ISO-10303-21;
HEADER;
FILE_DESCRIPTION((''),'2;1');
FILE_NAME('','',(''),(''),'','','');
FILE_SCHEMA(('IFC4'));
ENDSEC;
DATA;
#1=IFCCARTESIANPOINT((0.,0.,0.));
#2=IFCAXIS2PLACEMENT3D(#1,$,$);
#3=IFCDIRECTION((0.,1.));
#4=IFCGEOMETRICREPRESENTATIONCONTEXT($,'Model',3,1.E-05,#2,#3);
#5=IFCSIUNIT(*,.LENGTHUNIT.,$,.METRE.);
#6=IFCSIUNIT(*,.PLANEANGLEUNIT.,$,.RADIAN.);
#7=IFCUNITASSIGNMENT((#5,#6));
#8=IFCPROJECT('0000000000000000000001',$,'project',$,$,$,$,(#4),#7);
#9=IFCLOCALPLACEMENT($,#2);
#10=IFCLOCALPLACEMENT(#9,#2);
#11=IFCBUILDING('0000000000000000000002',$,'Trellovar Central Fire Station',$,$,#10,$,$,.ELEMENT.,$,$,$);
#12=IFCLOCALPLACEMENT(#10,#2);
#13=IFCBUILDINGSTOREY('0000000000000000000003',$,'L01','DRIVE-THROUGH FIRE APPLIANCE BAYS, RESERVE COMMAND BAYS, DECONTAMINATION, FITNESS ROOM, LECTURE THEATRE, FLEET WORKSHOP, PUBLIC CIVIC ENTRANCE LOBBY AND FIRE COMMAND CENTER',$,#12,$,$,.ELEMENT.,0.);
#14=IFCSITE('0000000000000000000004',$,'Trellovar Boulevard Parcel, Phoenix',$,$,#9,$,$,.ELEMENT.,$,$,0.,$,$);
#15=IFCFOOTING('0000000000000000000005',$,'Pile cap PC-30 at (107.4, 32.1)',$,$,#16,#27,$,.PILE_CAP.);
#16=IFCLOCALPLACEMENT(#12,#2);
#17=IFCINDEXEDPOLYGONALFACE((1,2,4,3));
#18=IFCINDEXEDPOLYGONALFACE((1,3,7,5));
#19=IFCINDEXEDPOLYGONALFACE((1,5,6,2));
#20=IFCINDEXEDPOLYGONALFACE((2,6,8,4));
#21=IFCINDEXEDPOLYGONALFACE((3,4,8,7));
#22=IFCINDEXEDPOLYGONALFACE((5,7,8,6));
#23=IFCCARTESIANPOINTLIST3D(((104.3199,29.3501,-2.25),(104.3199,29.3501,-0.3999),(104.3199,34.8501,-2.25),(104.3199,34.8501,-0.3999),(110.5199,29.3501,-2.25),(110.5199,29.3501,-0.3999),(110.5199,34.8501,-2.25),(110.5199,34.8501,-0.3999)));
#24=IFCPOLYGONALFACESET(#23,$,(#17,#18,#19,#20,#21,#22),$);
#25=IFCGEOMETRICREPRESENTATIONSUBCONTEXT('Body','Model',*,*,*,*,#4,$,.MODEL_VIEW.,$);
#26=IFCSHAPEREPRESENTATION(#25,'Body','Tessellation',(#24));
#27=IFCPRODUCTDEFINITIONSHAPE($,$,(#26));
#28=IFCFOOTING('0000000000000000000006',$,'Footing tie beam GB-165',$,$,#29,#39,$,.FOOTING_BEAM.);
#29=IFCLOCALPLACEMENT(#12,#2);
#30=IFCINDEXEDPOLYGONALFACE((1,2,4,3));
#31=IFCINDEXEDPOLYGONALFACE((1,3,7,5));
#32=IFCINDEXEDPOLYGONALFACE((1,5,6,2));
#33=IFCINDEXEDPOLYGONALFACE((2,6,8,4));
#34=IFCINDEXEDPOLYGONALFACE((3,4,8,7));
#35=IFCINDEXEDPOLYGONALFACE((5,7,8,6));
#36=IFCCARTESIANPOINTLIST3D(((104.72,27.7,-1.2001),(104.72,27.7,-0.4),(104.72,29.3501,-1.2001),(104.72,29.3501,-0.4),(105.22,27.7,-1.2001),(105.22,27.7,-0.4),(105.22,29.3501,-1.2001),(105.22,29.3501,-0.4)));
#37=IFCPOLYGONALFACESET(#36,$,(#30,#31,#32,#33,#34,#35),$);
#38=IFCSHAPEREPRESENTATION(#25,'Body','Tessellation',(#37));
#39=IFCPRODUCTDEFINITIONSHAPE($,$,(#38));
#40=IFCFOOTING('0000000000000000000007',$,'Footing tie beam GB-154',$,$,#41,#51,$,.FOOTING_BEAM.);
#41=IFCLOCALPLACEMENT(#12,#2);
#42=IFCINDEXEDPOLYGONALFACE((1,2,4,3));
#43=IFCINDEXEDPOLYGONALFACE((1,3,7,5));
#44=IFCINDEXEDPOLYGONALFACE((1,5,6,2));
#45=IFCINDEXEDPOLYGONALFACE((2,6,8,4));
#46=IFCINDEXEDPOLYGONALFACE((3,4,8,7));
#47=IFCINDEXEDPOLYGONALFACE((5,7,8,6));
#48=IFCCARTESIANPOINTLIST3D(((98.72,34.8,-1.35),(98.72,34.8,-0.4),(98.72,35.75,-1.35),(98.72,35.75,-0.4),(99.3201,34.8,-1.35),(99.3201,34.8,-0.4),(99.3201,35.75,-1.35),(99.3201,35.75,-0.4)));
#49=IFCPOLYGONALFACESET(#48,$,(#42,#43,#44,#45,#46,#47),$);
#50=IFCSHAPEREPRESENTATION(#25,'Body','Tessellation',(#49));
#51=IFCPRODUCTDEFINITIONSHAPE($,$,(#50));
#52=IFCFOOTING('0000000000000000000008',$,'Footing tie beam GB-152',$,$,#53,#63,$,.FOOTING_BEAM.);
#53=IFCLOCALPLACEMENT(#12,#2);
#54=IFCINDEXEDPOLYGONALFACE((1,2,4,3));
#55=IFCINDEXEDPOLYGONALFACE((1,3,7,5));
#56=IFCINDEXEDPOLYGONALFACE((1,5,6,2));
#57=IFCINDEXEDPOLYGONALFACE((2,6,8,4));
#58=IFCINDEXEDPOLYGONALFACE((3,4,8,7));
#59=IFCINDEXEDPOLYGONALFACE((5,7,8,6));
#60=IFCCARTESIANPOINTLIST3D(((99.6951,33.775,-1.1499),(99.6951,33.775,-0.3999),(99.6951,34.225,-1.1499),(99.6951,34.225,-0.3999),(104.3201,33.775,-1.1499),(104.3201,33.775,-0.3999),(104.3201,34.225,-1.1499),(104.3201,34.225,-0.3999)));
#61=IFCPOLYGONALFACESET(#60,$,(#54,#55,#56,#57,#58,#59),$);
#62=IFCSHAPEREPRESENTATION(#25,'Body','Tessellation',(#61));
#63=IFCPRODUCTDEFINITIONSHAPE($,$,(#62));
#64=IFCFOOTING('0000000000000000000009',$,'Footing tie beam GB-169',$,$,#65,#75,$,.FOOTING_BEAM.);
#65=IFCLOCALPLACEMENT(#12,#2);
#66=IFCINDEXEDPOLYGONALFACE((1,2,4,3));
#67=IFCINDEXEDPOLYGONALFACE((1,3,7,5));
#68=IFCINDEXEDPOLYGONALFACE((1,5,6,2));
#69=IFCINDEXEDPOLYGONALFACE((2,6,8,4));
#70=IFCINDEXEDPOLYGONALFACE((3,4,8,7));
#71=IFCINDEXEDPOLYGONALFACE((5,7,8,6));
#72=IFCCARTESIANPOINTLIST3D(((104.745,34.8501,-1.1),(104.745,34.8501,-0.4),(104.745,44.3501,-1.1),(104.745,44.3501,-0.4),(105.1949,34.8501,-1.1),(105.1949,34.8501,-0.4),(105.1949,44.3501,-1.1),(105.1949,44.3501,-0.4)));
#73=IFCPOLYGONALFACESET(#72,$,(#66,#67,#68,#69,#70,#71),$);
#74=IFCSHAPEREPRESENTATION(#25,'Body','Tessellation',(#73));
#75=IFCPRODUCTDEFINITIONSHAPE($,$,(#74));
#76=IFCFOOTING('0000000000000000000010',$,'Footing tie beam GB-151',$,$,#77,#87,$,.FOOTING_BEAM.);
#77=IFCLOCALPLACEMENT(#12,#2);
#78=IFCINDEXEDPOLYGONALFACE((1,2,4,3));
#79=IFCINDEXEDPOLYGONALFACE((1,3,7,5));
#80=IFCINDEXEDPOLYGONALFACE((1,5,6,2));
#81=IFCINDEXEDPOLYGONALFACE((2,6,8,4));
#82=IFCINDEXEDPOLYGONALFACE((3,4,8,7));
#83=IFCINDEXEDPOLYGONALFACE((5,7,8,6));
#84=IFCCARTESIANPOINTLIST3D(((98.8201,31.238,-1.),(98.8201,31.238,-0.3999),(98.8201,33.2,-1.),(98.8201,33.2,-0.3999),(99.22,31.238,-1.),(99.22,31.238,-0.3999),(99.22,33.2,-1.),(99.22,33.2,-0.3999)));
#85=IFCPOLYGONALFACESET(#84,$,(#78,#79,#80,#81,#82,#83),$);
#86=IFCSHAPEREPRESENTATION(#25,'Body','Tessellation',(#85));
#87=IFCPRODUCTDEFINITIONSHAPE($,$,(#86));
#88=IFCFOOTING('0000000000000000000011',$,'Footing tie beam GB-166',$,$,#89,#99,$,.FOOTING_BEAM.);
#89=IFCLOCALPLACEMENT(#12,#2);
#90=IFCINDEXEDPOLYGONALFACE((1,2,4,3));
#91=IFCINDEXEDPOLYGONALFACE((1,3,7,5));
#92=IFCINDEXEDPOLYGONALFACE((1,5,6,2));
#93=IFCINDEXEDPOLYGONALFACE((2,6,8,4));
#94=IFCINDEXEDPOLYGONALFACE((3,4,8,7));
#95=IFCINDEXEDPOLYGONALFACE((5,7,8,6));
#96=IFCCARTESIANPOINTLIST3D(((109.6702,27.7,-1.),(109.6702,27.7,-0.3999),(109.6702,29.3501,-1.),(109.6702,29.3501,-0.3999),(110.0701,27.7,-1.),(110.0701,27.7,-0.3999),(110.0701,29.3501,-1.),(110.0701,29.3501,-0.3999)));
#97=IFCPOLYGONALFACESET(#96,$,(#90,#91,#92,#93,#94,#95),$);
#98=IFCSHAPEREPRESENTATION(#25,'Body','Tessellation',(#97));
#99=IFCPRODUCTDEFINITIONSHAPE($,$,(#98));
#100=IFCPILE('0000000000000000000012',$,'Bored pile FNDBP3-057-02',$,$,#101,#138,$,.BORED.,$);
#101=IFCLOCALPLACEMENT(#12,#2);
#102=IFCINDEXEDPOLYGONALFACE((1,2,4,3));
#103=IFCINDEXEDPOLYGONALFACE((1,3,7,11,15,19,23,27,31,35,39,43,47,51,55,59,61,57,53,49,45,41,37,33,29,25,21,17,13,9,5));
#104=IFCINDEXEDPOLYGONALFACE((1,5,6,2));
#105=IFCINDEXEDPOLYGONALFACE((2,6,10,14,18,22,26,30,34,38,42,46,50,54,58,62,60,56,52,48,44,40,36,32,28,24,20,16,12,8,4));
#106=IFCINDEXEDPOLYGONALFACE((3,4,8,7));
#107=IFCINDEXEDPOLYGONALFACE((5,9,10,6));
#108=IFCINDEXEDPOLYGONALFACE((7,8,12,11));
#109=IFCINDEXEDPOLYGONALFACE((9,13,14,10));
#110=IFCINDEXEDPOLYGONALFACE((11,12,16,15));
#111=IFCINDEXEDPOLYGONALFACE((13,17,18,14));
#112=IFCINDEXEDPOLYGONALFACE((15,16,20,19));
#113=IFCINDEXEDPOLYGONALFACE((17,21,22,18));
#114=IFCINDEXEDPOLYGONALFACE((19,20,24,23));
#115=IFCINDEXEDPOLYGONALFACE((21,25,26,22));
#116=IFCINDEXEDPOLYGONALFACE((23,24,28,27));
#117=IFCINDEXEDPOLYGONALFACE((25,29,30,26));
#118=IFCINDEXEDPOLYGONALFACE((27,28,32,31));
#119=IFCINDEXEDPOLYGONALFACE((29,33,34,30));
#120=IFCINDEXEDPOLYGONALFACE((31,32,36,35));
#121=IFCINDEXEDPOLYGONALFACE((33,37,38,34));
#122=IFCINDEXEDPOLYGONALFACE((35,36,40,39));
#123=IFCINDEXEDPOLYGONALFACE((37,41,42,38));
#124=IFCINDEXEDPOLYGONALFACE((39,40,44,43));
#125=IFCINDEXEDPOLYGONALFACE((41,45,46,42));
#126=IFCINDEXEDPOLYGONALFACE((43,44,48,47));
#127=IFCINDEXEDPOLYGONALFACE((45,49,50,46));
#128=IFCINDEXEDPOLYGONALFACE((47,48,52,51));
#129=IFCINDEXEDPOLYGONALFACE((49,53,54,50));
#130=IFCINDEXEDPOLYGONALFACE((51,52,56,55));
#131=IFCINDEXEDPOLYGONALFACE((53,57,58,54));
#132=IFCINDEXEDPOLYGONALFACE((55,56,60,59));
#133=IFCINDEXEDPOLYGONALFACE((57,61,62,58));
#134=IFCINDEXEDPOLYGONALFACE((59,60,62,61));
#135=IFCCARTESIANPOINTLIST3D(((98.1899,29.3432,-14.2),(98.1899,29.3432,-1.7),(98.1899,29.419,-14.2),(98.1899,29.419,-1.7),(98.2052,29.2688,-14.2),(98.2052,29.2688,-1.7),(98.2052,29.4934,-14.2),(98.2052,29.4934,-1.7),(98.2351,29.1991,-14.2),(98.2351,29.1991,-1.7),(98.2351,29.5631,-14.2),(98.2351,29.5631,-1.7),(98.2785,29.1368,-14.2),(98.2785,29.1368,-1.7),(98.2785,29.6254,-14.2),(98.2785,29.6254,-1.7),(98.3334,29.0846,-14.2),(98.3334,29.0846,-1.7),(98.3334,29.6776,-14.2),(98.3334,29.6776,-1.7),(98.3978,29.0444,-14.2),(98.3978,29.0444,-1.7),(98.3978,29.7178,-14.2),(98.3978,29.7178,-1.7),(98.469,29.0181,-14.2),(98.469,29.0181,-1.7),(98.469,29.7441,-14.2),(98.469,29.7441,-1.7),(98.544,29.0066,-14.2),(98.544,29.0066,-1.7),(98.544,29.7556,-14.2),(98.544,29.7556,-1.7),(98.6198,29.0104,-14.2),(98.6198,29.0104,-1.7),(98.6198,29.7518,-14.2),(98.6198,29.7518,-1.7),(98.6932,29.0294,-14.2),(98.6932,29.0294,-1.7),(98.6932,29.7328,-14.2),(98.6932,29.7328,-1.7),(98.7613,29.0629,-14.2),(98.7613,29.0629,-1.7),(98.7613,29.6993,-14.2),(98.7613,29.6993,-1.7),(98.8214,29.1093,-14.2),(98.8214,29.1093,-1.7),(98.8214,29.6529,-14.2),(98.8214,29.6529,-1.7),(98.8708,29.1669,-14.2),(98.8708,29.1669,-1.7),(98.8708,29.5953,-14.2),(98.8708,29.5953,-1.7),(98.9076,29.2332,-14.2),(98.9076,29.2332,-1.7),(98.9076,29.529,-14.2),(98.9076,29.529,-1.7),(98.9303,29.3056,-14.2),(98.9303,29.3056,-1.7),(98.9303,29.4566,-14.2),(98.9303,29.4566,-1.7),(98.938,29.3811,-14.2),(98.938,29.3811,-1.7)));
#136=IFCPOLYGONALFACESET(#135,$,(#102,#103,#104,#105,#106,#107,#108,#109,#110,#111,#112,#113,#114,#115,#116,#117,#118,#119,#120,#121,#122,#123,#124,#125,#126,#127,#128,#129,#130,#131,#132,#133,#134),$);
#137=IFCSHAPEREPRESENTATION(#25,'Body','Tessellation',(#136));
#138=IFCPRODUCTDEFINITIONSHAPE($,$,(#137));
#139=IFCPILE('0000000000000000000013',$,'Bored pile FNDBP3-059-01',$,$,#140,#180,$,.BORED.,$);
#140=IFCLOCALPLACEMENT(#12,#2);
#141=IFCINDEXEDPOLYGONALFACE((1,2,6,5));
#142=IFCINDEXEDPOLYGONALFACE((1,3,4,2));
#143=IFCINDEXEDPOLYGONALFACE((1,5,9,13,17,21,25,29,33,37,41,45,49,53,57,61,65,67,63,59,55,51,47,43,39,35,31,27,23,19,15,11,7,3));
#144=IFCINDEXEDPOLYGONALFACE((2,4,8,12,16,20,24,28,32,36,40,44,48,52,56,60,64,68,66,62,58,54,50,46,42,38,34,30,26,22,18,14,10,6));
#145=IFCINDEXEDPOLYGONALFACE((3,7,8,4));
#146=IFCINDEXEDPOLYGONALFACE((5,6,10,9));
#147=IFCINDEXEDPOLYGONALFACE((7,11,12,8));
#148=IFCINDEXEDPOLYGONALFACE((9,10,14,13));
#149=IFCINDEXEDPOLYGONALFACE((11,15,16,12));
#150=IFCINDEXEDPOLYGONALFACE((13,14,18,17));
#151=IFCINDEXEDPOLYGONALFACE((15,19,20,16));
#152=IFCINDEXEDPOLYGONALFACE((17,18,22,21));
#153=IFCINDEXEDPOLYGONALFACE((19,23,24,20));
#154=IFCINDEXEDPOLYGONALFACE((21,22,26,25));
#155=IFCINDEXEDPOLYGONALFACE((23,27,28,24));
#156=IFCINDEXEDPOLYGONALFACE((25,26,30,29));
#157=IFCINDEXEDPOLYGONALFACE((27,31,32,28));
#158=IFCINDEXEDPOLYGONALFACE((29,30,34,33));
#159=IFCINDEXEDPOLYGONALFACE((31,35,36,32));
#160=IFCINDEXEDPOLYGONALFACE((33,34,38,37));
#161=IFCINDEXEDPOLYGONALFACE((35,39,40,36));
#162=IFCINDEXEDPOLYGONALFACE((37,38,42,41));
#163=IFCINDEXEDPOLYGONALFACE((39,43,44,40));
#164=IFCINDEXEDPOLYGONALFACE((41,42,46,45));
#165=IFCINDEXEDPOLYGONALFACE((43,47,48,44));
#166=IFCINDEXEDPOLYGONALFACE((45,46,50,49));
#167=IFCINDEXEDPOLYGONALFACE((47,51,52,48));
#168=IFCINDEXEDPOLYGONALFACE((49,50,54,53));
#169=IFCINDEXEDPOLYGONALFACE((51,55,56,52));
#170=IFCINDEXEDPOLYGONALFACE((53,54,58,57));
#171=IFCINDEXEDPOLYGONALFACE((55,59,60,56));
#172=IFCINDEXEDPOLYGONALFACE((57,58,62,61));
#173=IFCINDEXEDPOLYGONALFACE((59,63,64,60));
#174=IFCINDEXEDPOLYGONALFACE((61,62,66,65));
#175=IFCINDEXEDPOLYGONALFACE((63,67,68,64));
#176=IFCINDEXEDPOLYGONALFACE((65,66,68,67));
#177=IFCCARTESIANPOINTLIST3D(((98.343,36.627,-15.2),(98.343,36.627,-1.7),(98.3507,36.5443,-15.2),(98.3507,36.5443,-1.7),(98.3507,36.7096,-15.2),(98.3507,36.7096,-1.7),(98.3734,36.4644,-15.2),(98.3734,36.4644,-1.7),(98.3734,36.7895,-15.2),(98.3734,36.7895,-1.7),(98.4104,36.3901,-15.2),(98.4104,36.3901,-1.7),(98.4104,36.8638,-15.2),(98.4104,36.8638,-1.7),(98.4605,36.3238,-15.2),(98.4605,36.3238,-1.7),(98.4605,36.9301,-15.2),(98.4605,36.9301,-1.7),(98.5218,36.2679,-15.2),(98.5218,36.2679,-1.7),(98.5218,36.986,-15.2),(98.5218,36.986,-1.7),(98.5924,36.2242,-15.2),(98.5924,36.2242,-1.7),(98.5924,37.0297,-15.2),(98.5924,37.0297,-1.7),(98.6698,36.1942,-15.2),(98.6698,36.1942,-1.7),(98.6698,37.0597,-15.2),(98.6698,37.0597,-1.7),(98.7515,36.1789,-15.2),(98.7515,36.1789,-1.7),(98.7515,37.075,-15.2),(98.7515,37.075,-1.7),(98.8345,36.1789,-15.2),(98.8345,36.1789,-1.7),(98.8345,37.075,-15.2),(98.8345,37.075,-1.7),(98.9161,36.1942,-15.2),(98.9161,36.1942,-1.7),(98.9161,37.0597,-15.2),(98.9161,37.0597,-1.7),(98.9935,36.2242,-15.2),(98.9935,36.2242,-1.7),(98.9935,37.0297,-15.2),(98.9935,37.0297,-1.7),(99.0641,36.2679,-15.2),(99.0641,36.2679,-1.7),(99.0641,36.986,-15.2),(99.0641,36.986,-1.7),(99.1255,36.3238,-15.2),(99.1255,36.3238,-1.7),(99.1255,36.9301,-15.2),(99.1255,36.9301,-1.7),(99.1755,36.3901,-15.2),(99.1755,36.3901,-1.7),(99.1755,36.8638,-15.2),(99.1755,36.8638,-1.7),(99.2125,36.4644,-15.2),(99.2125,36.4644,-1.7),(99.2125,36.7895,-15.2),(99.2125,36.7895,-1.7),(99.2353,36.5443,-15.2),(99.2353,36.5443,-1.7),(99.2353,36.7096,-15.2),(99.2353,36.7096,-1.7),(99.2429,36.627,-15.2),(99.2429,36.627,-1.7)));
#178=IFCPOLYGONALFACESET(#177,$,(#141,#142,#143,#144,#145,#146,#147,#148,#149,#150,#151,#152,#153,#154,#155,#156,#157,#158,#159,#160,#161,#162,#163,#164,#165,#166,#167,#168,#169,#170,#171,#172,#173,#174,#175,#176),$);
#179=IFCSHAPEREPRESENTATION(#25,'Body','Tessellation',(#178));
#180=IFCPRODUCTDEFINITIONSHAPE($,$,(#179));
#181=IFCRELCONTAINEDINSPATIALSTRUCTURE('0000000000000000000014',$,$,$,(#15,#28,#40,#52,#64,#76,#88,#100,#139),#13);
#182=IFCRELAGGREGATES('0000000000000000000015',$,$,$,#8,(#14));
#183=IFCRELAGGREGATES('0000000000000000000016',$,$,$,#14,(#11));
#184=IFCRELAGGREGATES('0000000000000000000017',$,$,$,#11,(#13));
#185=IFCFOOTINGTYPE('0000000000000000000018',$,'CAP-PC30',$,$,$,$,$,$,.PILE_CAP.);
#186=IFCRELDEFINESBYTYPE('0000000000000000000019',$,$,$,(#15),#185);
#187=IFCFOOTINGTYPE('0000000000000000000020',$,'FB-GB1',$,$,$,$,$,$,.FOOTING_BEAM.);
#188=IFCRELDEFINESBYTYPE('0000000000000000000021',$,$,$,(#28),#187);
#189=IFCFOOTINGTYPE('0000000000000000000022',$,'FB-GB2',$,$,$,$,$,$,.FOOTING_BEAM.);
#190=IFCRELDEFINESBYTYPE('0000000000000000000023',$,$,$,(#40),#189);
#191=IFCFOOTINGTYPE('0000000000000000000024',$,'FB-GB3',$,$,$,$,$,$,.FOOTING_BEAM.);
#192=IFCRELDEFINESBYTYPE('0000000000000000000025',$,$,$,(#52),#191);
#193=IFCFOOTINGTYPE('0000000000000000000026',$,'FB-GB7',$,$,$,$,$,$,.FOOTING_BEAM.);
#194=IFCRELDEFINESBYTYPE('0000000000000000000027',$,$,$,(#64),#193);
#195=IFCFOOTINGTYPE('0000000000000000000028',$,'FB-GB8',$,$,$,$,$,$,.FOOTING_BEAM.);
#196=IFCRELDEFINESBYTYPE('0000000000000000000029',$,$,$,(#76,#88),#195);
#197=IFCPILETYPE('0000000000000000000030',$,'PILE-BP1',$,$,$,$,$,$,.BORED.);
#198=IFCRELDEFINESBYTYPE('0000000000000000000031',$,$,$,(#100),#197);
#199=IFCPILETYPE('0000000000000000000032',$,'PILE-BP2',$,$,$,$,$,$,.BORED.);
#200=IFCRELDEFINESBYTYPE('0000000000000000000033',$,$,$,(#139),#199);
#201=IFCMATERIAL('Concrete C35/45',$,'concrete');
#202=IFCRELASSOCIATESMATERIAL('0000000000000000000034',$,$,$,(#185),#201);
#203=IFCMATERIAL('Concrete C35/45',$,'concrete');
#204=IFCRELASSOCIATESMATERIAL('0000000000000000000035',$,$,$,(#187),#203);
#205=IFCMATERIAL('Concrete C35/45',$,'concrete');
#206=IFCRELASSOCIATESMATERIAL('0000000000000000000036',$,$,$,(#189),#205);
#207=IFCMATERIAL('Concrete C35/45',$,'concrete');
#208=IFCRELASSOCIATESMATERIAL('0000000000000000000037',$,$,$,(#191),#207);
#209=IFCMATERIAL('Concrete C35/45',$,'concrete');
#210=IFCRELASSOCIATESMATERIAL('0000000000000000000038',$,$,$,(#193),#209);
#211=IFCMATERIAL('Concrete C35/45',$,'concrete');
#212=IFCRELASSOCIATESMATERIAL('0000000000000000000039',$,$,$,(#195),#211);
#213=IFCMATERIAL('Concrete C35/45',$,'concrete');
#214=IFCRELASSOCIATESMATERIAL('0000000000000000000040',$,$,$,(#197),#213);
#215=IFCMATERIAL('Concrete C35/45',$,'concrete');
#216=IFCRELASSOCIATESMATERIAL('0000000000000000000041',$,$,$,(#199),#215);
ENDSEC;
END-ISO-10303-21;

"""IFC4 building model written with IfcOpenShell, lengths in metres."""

from ifc_helpers import new_model, si_unit, direction, frame, origin, origin_2d, place, context, subcontext, project, spatial, rectangle, circle, extrude, material, material_profile, profile_set, type_object, element, save


model = new_model("IFC4")

# Units and contexts
model_context = context("Model", 3, precision=1e-05, world=origin(), true_north=direction((0.0, 1.0)))
body_context = subcontext(model_context, "Body", "Model", "MODEL_VIEW")
ifc_project = project(units=[si_unit("LENGTHUNIT", "METRE"), si_unit("PLANEANGLEUNIT", "RADIAN")], contexts=[model_context])

# Site, building, storey
site_placement = place(None, origin())
site = spatial("IfcSite", under=ifc_project, at=site_placement, Name="Trellovar Boulevard Parcel, Phoenix", CompositionType="ELEMENT", RefElevation=0.0)
building_placement = place(site_placement, origin())
building = spatial("IfcBuilding", under=site, at=building_placement, Name="Trellovar Central Fire Station", CompositionType="ELEMENT")
storey_placement = place(building_placement, origin())
storey = spatial("IfcBuildingStorey", under=building, at=storey_placement, Name="L01", Description="DRIVE-THROUGH FIRE APPLIANCE BAYS, RESERVE COMMAND BAYS, DECONTAMINATION, FITNESS ROOM, LECTURE THEATRE, FLEET WORKSHOP, PUBLIC CIVIC ENTRANCE LOBBY AND FIRE COMMAND CENTER", CompositionType="ELEMENT", Elevation=0.0)

# Footings
ifc_material_1 = material(Name="Concrete C35/45", Category="concrete")
footing_type_1 = type_object("IfcFootingType", Name="CAP-PC30", PredefinedType="PILE_CAP", material=ifc_material_1)
footing_1_placement = place(storey_placement, frame((107.4199, 32.1001, -2.25), z_axis=(0.0, 0.0, 1.0), x_axis=(1.0, 0.0, 0.0)))
element("IfcFooting", 1, at=footing_1_placement, inside=storey, type_object=footing_type_1, Name="Pile cap PC-30 at (107.4, 32.1)", PredefinedType="PILE_CAP", context=body_context, shape_type="SweptSolid", body=[
    extrude(rectangle(XDim=6.2, YDim=5.5, at=origin_2d()), origin(), (0.0, 0.0, 1.0), 1.8501),
])
ifc_material_2 = material(Name="Concrete C35/45", Category="concrete")
ifc_material_profile_1 = material_profile(ifc_material_2, rectangle(XDim=0.5, YDim=0.8, at=origin_2d()), Name="RC500X800")
ifc_profile_set_1 = profile_set([ifc_material_profile_1], Name="Concrete C35/45")
footing_type_2 = type_object("IfcFootingType", Name="FB-GB1", PredefinedType="FOOTING_BEAM", material=ifc_profile_set_1)
footing_2_placement = place(storey_placement, frame((104.97, 27.7, -0.8), z_axis=(0.0, 1.0, 0.0), x_axis=(-1.0, 0.0, 0.0)))
element("IfcFooting", 2, at=footing_2_placement, inside=storey, type_object=footing_type_2, Name="Footing tie beam GB-165", PredefinedType="FOOTING_BEAM", context=body_context, shape_type="SweptSolid", body=[
    extrude(rectangle(XDim=0.5, YDim=0.8, at=origin_2d()), origin(), (0.0, 0.0, 1.0), 1.6501),
])
ifc_material_3 = material(Name="Concrete C35/45", Category="concrete")
ifc_material_profile_2 = material_profile(ifc_material_3, rectangle(XDim=0.6001, YDim=0.95, at=origin_2d()), Name="RC600X950")
ifc_profile_set_2 = profile_set([ifc_material_profile_2], Name="Concrete C35/45")
footing_type_3 = type_object("IfcFootingType", Name="FB-GB2", PredefinedType="FOOTING_BEAM", material=ifc_profile_set_2)
footing_3_placement = place(storey_placement, frame((99.02, 34.8, -0.875), z_axis=(0.0, 1.0, 0.0), x_axis=(-1.0, 0.0, 0.0)))
element("IfcFooting", 3, at=footing_3_placement, inside=storey, type_object=footing_type_3, Name="Footing tie beam GB-154", PredefinedType="FOOTING_BEAM", context=body_context, shape_type="SweptSolid", body=[
    extrude(rectangle(XDim=0.6001, YDim=0.95, at=origin_2d()), origin(), (0.0, 0.0, 1.0), 0.95),
])
ifc_material_4 = material(Name="Concrete C35/45", Category="concrete")
ifc_material_profile_3 = material_profile(ifc_material_4, rectangle(XDim=0.45, YDim=0.75, at=origin_2d()), Name="RC450X750")
ifc_profile_set_3 = profile_set([ifc_material_profile_3], Name="Concrete C35/45")
footing_type_4 = type_object("IfcFootingType", Name="FB-GB3", PredefinedType="FOOTING_BEAM", material=ifc_profile_set_3)
footing_4_placement = place(storey_placement, frame((99.6951, 34.0, -0.7749), z_axis=(1.0, 0.0, 0.0), x_axis=(0.0, 1.0, 0.0)))
element("IfcFooting", 4, at=footing_4_placement, inside=storey, type_object=footing_type_4, Name="Footing tie beam GB-152", PredefinedType="FOOTING_BEAM", context=body_context, shape_type="SweptSolid", body=[
    extrude(rectangle(XDim=0.45, YDim=0.75, at=origin_2d()), origin(), (0.0, 0.0, 1.0), 4.625),
])
ifc_material_5 = material(Name="Concrete C35/45", Category="concrete")
ifc_material_profile_4 = material_profile(ifc_material_5, rectangle(XDim=0.45, YDim=0.7, at=origin_2d()), Name="RC450X700")
ifc_profile_set_4 = profile_set([ifc_material_profile_4], Name="Concrete C35/45")
footing_type_5 = type_object("IfcFootingType", Name="FB-GB7", PredefinedType="FOOTING_BEAM", material=ifc_profile_set_4)
footing_5_placement = place(storey_placement, frame((104.97, 34.8501, -0.75), z_axis=(0.0, 1.0, 0.0), x_axis=(-1.0, 0.0, 0.0)))
element("IfcFooting", 5, at=footing_5_placement, inside=storey, type_object=footing_type_5, Name="Footing tie beam GB-169", PredefinedType="FOOTING_BEAM", context=body_context, shape_type="SweptSolid", body=[
    extrude(rectangle(XDim=0.45, YDim=0.7, at=origin_2d()), origin(), (0.0, 0.0, 1.0), 9.5),
])
ifc_material_6 = material(Name="Concrete C35/45", Category="concrete")
ifc_material_profile_5 = material_profile(ifc_material_6, rectangle(XDim=0.3999, YDim=0.6001, at=origin_2d()), Name="RC400X600")
ifc_profile_set_5 = profile_set([ifc_material_profile_5], Name="Concrete C35/45")
footing_type_6 = type_object("IfcFootingType", Name="FB-GB8", PredefinedType="FOOTING_BEAM", material=ifc_profile_set_5)
footing_6_placement = place(storey_placement, frame((99.02, 31.238, -0.7), z_axis=(0.0, 1.0, 0.0), x_axis=(-1.0, 0.0, 0.0)))
element("IfcFooting", 6, at=footing_6_placement, inside=storey, type_object=footing_type_6, Name="Footing tie beam GB-151", PredefinedType="FOOTING_BEAM", context=body_context, shape_type="SweptSolid", body=[
    extrude(rectangle(XDim=0.3999, YDim=0.6001, at=origin_2d()), origin(), (0.0, 0.0, 1.0), 1.9619),
])
footing_7_placement = place(storey_placement, frame((109.8701, 27.7, -0.7), z_axis=(0.0, 1.0, 0.0), x_axis=(-1.0, 0.0, 0.0)))
element("IfcFooting", 7, at=footing_7_placement, inside=storey, type_object=footing_type_6, Name="Footing tie beam GB-166", PredefinedType="FOOTING_BEAM", context=body_context, shape_type="SweptSolid", body=[
    extrude(rectangle(XDim=0.3999, YDim=0.6001, at=origin_2d()), origin(), (0.0, 0.0, 1.0), 1.6501),
])

# Piles
ifc_material_7 = material(Name="Concrete C35/45", Category="concrete")
ifc_material_profile_6 = material_profile(ifc_material_7, circle(Radius=0.375, at=origin_2d()), Name="PILE750")
ifc_profile_set_6 = profile_set([ifc_material_profile_6], Name="Concrete C35/45")
pile_type_1 = type_object("IfcPileType", Name="PILE-BP1", PredefinedType="BORED", material=ifc_profile_set_6)
pile_1_placement = place(storey_placement, frame((98.563, 29.3811, -1.7), z_axis=(0.0, 0.0, -1.0), x_axis=(1.0, 0.0, 0.0)))
element("IfcPile", 8, at=pile_1_placement, inside=storey, type_object=pile_type_1, Name="Bored pile FNDBP3-057-02", PredefinedType="BORED", context=body_context, shape_type="SweptSolid", body=[
    extrude(circle(Radius=0.375, at=origin_2d()), origin(), (0.0, 0.0, 1.0), 12.5),
])
ifc_material_8 = material(Name="Concrete C35/45", Category="concrete")
ifc_material_profile_7 = material_profile(ifc_material_8, circle(Radius=0.45, at=origin_2d()), Name="PILE900")
ifc_profile_set_7 = profile_set([ifc_material_profile_7], Name="Concrete C35/45")
pile_type_2 = type_object("IfcPileType", Name="PILE-BP2", PredefinedType="BORED", material=ifc_profile_set_7)
pile_2_placement = place(storey_placement, frame((98.793, 36.627, -1.7), z_axis=(0.0, 0.0, -1.0), x_axis=(1.0, 0.0, 0.0)))
element("IfcPile", 9, at=pile_2_placement, inside=storey, type_object=pile_type_2, Name="Bored pile FNDBP3-059-01", PredefinedType="BORED", context=body_context, shape_type="SweptSolid", body=[
    extrude(circle(Radius=0.45, at=origin_2d()), origin(), (0.0, 0.0, 1.0), 13.5),
])

save(model, "model.ifc")
